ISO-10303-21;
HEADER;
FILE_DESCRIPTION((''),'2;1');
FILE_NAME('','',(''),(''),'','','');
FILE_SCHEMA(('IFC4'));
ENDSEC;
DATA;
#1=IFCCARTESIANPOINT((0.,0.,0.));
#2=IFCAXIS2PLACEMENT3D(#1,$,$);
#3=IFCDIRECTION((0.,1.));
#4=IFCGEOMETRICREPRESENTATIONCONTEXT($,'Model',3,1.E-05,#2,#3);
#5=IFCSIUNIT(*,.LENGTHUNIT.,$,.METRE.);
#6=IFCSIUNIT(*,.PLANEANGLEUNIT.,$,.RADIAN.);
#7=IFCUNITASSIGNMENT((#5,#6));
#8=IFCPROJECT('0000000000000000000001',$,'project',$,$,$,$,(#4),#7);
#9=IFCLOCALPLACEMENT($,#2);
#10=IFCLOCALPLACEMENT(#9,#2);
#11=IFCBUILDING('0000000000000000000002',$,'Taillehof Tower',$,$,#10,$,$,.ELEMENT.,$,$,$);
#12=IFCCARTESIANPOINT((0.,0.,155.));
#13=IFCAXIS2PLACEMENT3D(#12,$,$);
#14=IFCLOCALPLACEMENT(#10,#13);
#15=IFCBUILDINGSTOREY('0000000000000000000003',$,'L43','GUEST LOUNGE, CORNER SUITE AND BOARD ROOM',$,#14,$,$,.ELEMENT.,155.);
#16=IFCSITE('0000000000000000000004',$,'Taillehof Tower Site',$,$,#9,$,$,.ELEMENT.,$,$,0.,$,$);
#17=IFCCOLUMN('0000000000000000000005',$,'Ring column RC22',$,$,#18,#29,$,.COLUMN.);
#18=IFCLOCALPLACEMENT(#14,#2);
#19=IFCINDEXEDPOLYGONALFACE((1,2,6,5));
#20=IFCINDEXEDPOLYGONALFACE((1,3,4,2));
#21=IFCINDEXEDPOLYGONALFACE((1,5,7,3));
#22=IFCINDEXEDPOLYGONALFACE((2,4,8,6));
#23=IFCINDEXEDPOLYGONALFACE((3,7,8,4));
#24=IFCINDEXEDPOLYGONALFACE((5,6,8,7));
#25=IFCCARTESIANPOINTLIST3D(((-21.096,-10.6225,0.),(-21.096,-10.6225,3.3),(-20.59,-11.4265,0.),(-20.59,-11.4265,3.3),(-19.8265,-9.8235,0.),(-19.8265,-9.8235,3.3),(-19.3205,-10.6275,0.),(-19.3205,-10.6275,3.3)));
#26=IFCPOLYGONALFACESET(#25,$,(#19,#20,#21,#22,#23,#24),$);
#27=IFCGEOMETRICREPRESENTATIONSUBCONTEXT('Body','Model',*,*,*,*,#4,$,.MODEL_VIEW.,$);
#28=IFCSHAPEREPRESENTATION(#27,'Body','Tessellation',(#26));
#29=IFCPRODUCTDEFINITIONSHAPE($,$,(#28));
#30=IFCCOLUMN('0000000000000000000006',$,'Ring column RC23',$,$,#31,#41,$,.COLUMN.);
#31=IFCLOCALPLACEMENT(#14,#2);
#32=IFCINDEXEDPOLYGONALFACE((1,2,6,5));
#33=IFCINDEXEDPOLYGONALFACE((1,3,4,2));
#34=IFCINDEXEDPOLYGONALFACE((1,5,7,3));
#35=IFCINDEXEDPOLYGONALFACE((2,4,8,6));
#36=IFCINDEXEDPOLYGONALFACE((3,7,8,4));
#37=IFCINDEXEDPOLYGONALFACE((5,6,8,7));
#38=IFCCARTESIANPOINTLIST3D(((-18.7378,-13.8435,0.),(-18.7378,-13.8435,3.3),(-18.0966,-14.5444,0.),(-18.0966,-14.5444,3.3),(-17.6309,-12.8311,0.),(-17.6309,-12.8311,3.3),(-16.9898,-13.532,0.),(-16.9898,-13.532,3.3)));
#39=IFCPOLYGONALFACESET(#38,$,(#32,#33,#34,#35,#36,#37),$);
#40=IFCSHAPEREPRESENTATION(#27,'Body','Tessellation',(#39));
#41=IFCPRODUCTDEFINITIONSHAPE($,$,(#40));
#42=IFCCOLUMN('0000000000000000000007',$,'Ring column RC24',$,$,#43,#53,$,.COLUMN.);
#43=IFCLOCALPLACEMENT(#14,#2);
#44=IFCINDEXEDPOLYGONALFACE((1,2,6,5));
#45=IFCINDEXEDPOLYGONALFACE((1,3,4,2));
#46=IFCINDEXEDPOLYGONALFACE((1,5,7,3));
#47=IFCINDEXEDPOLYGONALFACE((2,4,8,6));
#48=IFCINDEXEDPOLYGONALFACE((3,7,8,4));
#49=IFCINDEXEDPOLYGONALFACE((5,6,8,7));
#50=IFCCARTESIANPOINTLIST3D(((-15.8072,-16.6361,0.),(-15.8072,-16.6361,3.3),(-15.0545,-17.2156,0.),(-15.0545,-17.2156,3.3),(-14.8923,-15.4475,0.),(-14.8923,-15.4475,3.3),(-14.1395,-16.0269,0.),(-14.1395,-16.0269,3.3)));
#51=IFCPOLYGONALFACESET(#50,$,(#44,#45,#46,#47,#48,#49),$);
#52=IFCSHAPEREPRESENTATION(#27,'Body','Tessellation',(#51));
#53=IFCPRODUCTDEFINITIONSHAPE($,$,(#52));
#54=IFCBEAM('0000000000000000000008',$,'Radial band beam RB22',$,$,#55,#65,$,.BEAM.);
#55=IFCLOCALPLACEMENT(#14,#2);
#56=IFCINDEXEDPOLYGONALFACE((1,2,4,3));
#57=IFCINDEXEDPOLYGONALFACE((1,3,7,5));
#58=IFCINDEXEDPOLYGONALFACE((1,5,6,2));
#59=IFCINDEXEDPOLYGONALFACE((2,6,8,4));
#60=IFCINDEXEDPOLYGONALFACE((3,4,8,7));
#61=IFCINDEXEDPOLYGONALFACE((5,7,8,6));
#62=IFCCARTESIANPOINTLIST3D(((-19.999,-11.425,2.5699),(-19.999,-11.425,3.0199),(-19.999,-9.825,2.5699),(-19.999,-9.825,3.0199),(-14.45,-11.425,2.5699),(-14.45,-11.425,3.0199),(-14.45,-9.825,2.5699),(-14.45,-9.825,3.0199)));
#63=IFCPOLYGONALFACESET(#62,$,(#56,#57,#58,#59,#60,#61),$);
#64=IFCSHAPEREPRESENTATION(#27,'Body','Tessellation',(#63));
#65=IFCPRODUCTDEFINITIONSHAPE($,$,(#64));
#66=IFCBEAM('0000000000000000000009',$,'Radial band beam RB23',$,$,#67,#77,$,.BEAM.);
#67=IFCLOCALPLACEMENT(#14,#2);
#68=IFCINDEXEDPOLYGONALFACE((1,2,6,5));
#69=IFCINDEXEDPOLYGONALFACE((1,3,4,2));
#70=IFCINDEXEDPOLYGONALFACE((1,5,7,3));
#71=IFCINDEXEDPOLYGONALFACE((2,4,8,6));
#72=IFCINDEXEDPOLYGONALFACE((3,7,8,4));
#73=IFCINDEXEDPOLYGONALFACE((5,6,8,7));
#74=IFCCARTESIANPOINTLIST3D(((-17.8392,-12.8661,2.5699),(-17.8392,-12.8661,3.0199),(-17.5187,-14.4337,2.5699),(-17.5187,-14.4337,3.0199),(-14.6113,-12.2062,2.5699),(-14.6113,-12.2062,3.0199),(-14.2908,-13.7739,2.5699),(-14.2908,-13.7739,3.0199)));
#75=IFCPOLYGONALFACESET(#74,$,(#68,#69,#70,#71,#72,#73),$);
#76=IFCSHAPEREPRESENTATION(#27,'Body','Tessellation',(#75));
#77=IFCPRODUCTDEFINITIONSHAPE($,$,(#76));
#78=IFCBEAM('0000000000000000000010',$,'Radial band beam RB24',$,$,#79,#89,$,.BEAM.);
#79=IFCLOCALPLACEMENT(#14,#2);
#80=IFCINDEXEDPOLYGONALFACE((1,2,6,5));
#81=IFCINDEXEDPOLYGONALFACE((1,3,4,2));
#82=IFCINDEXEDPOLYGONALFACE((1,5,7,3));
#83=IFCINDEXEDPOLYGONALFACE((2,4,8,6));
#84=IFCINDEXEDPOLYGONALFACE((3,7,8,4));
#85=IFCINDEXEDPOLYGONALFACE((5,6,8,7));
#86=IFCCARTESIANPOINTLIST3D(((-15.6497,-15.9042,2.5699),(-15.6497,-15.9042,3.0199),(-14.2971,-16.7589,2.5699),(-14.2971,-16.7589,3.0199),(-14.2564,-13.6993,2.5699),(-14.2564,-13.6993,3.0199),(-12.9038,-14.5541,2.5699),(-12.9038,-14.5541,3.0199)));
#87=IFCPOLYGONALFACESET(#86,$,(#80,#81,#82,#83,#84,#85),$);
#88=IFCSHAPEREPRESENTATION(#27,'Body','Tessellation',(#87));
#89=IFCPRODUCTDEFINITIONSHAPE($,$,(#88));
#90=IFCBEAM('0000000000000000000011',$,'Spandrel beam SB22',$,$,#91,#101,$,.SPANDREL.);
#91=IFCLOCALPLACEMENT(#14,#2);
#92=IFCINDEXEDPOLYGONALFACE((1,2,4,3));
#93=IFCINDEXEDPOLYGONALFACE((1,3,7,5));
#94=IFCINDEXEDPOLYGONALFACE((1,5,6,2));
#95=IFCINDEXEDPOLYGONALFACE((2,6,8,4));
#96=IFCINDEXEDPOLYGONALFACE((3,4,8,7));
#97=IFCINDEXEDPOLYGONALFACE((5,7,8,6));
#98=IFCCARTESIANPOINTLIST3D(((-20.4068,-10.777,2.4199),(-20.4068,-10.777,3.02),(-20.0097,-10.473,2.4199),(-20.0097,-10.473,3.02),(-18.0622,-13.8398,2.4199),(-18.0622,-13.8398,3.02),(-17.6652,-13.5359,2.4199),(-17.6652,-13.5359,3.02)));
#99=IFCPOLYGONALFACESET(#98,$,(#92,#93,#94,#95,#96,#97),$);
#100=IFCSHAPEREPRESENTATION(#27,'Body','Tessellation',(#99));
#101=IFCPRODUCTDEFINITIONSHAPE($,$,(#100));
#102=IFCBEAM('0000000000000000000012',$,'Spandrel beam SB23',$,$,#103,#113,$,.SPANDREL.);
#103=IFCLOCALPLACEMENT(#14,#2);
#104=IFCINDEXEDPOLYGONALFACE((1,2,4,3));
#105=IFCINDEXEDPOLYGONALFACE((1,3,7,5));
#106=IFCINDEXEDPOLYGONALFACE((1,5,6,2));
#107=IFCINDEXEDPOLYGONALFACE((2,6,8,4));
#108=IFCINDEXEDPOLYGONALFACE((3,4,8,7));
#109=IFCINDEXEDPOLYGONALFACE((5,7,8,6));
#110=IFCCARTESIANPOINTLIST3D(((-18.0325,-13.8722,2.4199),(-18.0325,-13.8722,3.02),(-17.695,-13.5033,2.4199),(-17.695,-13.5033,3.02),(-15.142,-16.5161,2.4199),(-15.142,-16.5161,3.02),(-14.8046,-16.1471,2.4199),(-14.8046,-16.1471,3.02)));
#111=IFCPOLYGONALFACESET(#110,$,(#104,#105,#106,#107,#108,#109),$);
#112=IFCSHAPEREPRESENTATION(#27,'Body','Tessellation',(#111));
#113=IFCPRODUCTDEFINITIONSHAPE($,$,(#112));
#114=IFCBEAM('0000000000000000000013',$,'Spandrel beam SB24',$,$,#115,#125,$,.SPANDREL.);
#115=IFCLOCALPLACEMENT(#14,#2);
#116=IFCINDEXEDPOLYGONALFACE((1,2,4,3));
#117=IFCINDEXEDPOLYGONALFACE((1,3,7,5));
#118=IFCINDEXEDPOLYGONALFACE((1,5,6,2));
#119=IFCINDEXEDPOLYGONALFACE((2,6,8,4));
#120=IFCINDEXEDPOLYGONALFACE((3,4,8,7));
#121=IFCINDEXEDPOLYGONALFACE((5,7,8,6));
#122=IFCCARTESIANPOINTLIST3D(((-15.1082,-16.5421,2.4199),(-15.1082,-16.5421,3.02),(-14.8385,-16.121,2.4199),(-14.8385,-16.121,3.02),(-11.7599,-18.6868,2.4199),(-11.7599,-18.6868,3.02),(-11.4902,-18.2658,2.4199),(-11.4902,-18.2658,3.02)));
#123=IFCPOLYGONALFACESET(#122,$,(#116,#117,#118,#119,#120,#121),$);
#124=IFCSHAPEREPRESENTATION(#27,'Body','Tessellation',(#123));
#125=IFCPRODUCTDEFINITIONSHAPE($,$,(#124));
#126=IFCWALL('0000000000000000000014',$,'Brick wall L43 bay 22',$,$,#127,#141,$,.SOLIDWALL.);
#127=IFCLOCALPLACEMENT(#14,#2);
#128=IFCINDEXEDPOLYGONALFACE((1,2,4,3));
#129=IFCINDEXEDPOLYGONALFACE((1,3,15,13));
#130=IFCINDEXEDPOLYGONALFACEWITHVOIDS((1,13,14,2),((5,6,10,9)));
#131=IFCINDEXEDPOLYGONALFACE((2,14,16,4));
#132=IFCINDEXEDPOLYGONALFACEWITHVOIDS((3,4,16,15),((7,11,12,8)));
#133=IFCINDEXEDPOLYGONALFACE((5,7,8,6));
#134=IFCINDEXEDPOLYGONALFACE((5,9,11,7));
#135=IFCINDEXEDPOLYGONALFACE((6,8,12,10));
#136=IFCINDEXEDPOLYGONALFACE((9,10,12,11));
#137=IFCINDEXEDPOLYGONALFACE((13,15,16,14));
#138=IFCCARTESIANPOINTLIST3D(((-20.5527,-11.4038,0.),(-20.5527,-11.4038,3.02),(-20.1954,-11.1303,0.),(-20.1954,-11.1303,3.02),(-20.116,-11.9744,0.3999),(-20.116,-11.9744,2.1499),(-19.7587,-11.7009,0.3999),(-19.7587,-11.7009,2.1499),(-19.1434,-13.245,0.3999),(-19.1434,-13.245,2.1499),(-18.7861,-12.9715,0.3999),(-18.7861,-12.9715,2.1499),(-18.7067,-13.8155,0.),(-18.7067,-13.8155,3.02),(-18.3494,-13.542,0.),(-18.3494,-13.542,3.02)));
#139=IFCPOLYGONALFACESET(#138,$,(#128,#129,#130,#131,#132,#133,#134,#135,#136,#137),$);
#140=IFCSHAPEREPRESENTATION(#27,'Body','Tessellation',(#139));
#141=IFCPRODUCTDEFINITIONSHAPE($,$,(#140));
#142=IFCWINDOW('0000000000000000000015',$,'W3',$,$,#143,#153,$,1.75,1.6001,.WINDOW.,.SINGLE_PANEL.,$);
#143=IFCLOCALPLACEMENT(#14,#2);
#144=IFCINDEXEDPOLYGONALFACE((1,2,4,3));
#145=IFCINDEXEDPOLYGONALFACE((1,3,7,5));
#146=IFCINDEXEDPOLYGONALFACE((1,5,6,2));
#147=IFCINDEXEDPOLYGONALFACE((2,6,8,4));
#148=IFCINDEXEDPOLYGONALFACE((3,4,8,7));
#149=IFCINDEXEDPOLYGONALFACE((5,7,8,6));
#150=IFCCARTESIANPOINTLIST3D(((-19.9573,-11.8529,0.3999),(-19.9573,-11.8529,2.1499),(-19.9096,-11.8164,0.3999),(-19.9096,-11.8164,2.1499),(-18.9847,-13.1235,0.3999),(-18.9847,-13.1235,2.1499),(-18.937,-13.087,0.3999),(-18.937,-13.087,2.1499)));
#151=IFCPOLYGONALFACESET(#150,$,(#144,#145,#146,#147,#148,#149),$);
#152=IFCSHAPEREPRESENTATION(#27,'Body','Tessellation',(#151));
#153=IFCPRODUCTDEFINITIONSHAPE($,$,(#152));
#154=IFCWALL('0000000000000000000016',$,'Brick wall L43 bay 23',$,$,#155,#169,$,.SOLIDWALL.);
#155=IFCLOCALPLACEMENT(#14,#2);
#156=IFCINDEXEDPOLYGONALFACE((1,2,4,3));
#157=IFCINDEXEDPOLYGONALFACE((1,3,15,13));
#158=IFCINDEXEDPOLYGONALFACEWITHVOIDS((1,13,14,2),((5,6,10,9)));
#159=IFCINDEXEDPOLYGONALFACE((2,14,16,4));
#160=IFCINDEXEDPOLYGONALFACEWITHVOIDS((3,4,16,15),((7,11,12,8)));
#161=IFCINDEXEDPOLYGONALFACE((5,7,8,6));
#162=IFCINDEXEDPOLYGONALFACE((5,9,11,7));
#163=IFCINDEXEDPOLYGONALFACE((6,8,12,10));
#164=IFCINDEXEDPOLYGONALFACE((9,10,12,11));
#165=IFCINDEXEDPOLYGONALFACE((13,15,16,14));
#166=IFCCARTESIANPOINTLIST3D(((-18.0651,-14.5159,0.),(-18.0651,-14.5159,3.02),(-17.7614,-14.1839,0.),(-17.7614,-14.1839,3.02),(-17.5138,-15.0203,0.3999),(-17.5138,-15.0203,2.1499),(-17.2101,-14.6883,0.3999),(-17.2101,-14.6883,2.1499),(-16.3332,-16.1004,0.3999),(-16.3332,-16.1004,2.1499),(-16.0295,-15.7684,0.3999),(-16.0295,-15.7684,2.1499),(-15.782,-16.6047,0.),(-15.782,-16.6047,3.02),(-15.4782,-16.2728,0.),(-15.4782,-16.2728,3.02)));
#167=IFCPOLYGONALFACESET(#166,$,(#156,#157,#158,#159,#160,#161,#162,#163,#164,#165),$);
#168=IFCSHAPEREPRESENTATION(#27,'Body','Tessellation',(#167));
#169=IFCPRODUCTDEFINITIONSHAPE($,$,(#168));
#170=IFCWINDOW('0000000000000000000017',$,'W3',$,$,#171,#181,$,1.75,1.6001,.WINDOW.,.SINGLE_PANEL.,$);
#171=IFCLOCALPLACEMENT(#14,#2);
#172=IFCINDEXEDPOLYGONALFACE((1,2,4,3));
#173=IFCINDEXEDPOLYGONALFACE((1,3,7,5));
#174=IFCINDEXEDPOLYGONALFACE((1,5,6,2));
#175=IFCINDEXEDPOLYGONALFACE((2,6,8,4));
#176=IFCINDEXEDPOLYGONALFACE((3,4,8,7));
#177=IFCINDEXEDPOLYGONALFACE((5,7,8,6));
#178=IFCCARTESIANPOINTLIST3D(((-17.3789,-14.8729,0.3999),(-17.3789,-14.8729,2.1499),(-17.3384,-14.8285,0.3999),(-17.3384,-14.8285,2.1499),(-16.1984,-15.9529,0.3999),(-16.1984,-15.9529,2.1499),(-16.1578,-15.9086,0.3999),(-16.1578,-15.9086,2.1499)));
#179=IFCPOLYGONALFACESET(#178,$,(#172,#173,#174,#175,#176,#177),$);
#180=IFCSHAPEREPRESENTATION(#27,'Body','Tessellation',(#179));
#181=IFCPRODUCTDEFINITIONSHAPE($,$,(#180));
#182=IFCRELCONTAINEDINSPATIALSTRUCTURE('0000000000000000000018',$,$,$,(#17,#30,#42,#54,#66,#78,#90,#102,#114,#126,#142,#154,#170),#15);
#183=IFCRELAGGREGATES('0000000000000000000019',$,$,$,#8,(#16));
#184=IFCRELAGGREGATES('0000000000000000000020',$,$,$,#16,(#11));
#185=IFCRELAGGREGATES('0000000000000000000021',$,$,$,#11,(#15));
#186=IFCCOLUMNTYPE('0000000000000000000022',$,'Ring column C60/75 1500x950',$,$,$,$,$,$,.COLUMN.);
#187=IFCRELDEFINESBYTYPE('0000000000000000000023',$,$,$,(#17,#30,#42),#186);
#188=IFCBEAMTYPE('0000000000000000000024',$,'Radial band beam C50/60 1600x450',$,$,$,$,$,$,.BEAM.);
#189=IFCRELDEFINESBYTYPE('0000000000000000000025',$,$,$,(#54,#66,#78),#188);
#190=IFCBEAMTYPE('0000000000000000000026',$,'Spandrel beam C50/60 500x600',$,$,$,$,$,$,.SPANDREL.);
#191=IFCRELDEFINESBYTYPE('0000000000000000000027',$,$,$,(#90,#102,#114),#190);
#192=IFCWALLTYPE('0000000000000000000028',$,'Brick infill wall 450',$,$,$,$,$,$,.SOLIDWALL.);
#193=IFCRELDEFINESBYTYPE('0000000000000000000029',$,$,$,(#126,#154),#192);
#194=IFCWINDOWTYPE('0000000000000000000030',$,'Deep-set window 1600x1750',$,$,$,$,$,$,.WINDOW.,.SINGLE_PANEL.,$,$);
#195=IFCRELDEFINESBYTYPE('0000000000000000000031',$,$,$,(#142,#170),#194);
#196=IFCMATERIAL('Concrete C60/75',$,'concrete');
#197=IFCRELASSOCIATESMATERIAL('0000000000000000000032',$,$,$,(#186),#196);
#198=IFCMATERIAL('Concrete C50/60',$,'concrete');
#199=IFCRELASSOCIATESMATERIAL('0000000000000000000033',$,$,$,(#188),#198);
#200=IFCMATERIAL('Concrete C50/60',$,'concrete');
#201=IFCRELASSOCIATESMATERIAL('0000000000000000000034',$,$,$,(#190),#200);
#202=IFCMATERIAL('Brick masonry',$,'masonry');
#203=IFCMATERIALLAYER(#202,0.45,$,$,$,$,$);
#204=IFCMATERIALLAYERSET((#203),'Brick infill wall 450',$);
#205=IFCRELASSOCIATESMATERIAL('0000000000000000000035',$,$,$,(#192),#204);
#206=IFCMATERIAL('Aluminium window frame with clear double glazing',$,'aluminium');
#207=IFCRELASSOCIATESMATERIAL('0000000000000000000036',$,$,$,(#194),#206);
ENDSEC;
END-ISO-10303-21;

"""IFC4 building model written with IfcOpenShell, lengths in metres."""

from ifc_helpers import new_model, si_unit, direction, frame, frame_2d, origin, origin_2d, place, context, subcontext, project, spatial, rectangle, extrude, material, layer, layer_set, material_profile, profile_set, type_object, element, fill, save


model = new_model("IFC4")

# Units and contexts
model_context = context("Model", 3, precision=1e-05, world=origin(), true_north=direction((0.0, 1.0)))
body_context = subcontext(model_context, "Body", "Model", "MODEL_VIEW")
ifc_project = project(units=[si_unit("LENGTHUNIT", "METRE"), si_unit("PLANEANGLEUNIT", "RADIAN")], contexts=[model_context])

# Site, building, storey
site_placement = place(None, origin())
site = spatial("IfcSite", under=ifc_project, at=site_placement, Name="Taillehof Tower Site", CompositionType="ELEMENT", RefElevation=0.0)
building_placement = place(site_placement, origin())
building = spatial("IfcBuilding", under=site, at=building_placement, Name="Taillehof Tower", CompositionType="ELEMENT")
storey_placement = place(building_placement, frame((0.0, 0.0, 155.0)))
storey = spatial("IfcBuildingStorey", under=building, at=storey_placement, Name="L43", Description="GUEST LOUNGE, CORNER SUITE AND BOARD ROOM", CompositionType="ELEMENT", Elevation=155.0)

# Columns
ifc_material_1 = material(Name="Concrete C60/75", Category="concrete")
ifc_material_profile_1 = material_profile(ifc_material_1, rectangle(XDim=1.5, YDim=0.95, at=origin_2d()), Name="RC 1500x950")
ifc_profile_set_1 = profile_set([ifc_material_profile_1], Name="Concrete C60/75")
column_type = type_object("IfcColumnType", Name="Ring column C60/75 1500x950", PredefinedType="COLUMN", material=ifc_profile_set_1)
for number, where, z_axis, x_axis, name in (
    (1, (-20.2083, -10.625, 0.0), (0.0, 0.0, 1.0), (-0.846334, -0.532652, 0.0), "Ring column RC22"),
    (2, (-17.8638, -13.6877, 0.0), (0.0, 0.0, 1.0), (-0.737879, -0.674933, 0.0), "Ring column RC23"),
    (3, (-14.9734, -16.3315, 0.0), (0.0, 0.0, 1.0), (-0.609971, -0.792424, 0.0), "Ring column RC24"),
):
    element("IfcColumn", number, at=place(storey_placement, frame(where, z_axis=z_axis, x_axis=x_axis)), inside=storey, type_object=column_type, Name=name, PredefinedType="COLUMN", context=body_context, shape_type="SweptSolid", body=[
        extrude(rectangle(XDim=1.5, YDim=0.95, at=origin_2d()), origin(), (0.0, 0.0, 1.0), 3.3),
    ])

# Beams
ifc_material_2 = material(Name="Concrete C50/60", Category="concrete")
ifc_material_profile_2 = material_profile(ifc_material_2, rectangle(XDim=1.6001, YDim=0.45, at=origin_2d()), Name="RC 1600x450")
ifc_profile_set_2 = profile_set([ifc_material_profile_2], Name="Concrete C50/60")
beam_type_1 = type_object("IfcBeamType", Name="Radial band beam C50/60 1600x450", PredefinedType="BEAM", material=ifc_profile_set_2)
beam_1_placement = place(storey_placement, frame((-19.999, -10.625, 2.7949), z_axis=(1.0, 0.0, 0.0), x_axis=(0.0, 1.0, 0.0)))
element("IfcBeam", 4, at=beam_1_placement, inside=storey, type_object=beam_type_1, Name="Radial band beam RB22", PredefinedType="BEAM", context=body_context, shape_type="SweptSolid", body=[
    extrude(rectangle(XDim=1.6001, YDim=0.45, at=origin_2d()), origin(), (0.0, 0.0, 1.0), 5.5491),
])
beam_2_placement = place(storey_placement, frame((-17.679, -13.6499, 2.7949), z_axis=(0.979737, 0.20029, 0.0), x_axis=(-0.20029, 0.979737, 0.0)))
element("IfcBeam", 5, at=beam_2_placement, inside=storey, type_object=beam_type_1, Name="Radial band beam RB23", PredefinedType="BEAM", context=body_context, shape_type="SweptSolid", body=[
    extrude(rectangle(XDim=1.6001, YDim=0.45, at=origin_2d()), origin(), (0.0, 0.0, 1.0), 3.2947),
])
beam_3_placement = place(storey_placement, frame((-14.9734, -16.3315, 2.7949), z_axis=(0.534208, 0.845353, 0.0), x_axis=(-0.845353, 0.534208, 0.0)))
element("IfcBeam", 6, at=beam_3_placement, inside=storey, type_object=beam_type_1, Name="Radial band beam RB24", PredefinedType="BEAM", context=body_context, shape_type="SweptSolid", body=[
    extrude(rectangle(XDim=1.6001, YDim=0.45, at=origin_2d()), origin(), (0.0, 0.0, 1.0), 2.6082),
])
ifc_material_3 = material(Name="Concrete C50/60", Category="concrete")
ifc_material_profile_3 = material_profile(ifc_material_3, rectangle(XDim=0.5, YDim=0.6001, at=origin_2d()), Name="RC 500x600")
ifc_profile_set_3 = profile_set([ifc_material_profile_3], Name="Concrete C50/60")
beam_type_2 = type_object("IfcBeamType", Name="Spandrel beam C50/60 500x600", PredefinedType="SPANDREL", material=ifc_profile_set_3)
beam_4_placement = place(storey_placement, frame((-20.2083, -10.625, 2.72), z_axis=(0.60784, -0.794059, 0.0), x_axis=(0.794059, 0.60784, 0.0)))
element("IfcBeam", 7, at=beam_4_placement, inside=storey, type_object=beam_type_2, Name="Spandrel beam SB22", PredefinedType="SPANDREL", context=body_context, shape_type="SweptSolid", body=[
    extrude(rectangle(XDim=0.5, YDim=0.6001, at=origin_2d()), origin(), (0.0, 0.0, 1.0), 3.8572),
])
beam_5_placement = place(storey_placement, frame((-17.8638, -13.6877, 2.72), z_axis=(0.737881, -0.674931, 0.0), x_axis=(0.674931, 0.737881, 0.0)))
element("IfcBeam", 8, at=beam_5_placement, inside=storey, type_object=beam_type_2, Name="Spandrel beam SB23", PredefinedType="SPANDREL", context=body_context, shape_type="SweptSolid", body=[
    extrude(rectangle(XDim=0.5, YDim=0.6001, at=origin_2d()), origin(), (0.0, 0.0, 1.0), 3.9172),
])
beam_6_placement = place(storey_placement, frame((-14.9734, -16.3315, 2.72), z_axis=(0.842065, -0.539376, 0.0), x_axis=(0.539376, 0.842065, 0.0)))
element("IfcBeam", 9, at=beam_6_placement, inside=storey, type_object=beam_type_2, Name="Spandrel beam SB24", PredefinedType="SPANDREL", context=body_context, shape_type="SweptSolid", body=[
    extrude(rectangle(XDim=0.5, YDim=0.6001, at=origin_2d()), origin(), (0.0, 0.0, 1.0), 3.9763),
])

# Walls, openings, windows
ifc_material_4 = material(Name="Brick masonry", Category="masonry")
ifc_layer_1 = layer(ifc_material_4, 0.45)
ifc_layer_set_1 = layer_set([ifc_layer_1], Name="Brick infill wall 450")
wall_type_1 = type_object("IfcWallType", Name="Brick infill wall 450", PredefinedType="SOLIDWALL", material=ifc_layer_set_1)
wall_1_placement = place(storey_placement, frame((-20.374, -11.2671, 0.0), z_axis=(0.0, 0.0, 1.0), x_axis=(0.607817, -0.794077, 0.0)))
wall_1 = element("IfcWall", 10, at=wall_1_placement, inside=storey, type_object=wall_type_1, Name="Brick wall L43 bay 22", PredefinedType="SOLIDWALL", context=body_context, shape_type="SweptSolid", body=[
    extrude(rectangle(XDim=3.0371, YDim=0.45, at=frame_2d((1.5186, 0.0))), origin(), (0.0, 0.0, 1.0), 3.02),
])
opening_1_placement = place(wall_1_placement, frame((0.7185, 0.0, 0.3999)))
opening_1 = element("IfcOpeningElement", 11, at=opening_1_placement, cuts=wall_1, PredefinedType="OPENING", context=body_context, shape_type="SweptSolid", body=[
    extrude(rectangle(XDim=1.6001, YDim=1.75, at=frame_2d((0.8, 0.875))), frame((0.0, 0.2349, 0.0), z_axis=(0.0, -1.0, 0.0), x_axis=(1.0, 0.0, 0.0)), (0.0, 0.0, 1.0), 0.47),
])
ifc_material_5 = material(Name="Aluminium window frame with clear double glazing", Category="aluminium")
window_type = type_object("IfcWindowType", Name="Deep-set window 1600x1750", PartitioningType="SINGLE_PANEL", PredefinedType="WINDOW", material=ifc_material_5)
window_1_placement = place(opening_1_placement, origin())
window_1 = element("IfcWindow", 12, at=window_1_placement, inside=storey, type_object=window_type, Name="W3", OverallHeight=1.75, OverallWidth=1.6001, PartitioningType="SINGLE_PANEL", PredefinedType="WINDOW", context=body_context, shape_type="SweptSolid", body=[
    extrude(rectangle(XDim=1.6001, YDim=1.75, at=frame_2d((0.8, 0.875))), frame((0.0, 0.0349, 0.0), z_axis=(0.0, -1.0, 0.0), x_axis=(1.0, 0.0, 0.0)), (0.0, 0.0, 1.0), 0.0601),
])
fill(opening_1, window_1)
wall_2_placement = place(storey_placement, frame((-17.9133, -14.3499, 0.0), z_axis=(0.0, 0.0, 1.0), x_axis=(0.737809, -0.67501, 0.0)))
wall_2 = element("IfcWall", 13, at=wall_2_placement, inside=storey, type_object=wall_type_1, Name="Brick wall L43 bay 23", PredefinedType="SOLIDWALL", context=body_context, shape_type="SweptSolid", body=[
    extrude(rectangle(XDim=3.0945, YDim=0.45, at=frame_2d((1.5474, 0.0))), origin(), (0.0, 0.0, 1.0), 3.02),
])
opening_2_placement = place(wall_2_placement, frame((0.7473, 0.0, 0.3999)))
opening_2 = element("IfcOpeningElement", 14, at=opening_2_placement, cuts=wall_2, PredefinedType="OPENING", context=body_context, shape_type="SweptSolid", body=[
    extrude(rectangle(XDim=1.6001, YDim=1.75, at=frame_2d((0.8, 0.875))), frame((0.0, 0.2349, 0.0), z_axis=(0.0, -1.0, 0.0), x_axis=(1.0, 0.0, 0.0)), (0.0, 0.0, 1.0), 0.47),
])
window_2_placement = place(opening_2_placement, origin())
window_2 = element("IfcWindow", 15, at=window_2_placement, inside=storey, type_object=window_type, Name="W3", OverallHeight=1.75, OverallWidth=1.6001, PartitioningType="SINGLE_PANEL", PredefinedType="WINDOW", context=body_context, shape_type="SweptSolid", body=[
    extrude(rectangle(XDim=1.6001, YDim=1.75, at=frame_2d((0.8, 0.875))), frame((0.0, 0.0349, 0.0), z_axis=(0.0, -1.0, 0.0), x_axis=(1.0, 0.0, 0.0)), (0.0, 0.0, 1.0), 0.0601),
])
fill(opening_2, window_2)

save(model, "model.ifc")
